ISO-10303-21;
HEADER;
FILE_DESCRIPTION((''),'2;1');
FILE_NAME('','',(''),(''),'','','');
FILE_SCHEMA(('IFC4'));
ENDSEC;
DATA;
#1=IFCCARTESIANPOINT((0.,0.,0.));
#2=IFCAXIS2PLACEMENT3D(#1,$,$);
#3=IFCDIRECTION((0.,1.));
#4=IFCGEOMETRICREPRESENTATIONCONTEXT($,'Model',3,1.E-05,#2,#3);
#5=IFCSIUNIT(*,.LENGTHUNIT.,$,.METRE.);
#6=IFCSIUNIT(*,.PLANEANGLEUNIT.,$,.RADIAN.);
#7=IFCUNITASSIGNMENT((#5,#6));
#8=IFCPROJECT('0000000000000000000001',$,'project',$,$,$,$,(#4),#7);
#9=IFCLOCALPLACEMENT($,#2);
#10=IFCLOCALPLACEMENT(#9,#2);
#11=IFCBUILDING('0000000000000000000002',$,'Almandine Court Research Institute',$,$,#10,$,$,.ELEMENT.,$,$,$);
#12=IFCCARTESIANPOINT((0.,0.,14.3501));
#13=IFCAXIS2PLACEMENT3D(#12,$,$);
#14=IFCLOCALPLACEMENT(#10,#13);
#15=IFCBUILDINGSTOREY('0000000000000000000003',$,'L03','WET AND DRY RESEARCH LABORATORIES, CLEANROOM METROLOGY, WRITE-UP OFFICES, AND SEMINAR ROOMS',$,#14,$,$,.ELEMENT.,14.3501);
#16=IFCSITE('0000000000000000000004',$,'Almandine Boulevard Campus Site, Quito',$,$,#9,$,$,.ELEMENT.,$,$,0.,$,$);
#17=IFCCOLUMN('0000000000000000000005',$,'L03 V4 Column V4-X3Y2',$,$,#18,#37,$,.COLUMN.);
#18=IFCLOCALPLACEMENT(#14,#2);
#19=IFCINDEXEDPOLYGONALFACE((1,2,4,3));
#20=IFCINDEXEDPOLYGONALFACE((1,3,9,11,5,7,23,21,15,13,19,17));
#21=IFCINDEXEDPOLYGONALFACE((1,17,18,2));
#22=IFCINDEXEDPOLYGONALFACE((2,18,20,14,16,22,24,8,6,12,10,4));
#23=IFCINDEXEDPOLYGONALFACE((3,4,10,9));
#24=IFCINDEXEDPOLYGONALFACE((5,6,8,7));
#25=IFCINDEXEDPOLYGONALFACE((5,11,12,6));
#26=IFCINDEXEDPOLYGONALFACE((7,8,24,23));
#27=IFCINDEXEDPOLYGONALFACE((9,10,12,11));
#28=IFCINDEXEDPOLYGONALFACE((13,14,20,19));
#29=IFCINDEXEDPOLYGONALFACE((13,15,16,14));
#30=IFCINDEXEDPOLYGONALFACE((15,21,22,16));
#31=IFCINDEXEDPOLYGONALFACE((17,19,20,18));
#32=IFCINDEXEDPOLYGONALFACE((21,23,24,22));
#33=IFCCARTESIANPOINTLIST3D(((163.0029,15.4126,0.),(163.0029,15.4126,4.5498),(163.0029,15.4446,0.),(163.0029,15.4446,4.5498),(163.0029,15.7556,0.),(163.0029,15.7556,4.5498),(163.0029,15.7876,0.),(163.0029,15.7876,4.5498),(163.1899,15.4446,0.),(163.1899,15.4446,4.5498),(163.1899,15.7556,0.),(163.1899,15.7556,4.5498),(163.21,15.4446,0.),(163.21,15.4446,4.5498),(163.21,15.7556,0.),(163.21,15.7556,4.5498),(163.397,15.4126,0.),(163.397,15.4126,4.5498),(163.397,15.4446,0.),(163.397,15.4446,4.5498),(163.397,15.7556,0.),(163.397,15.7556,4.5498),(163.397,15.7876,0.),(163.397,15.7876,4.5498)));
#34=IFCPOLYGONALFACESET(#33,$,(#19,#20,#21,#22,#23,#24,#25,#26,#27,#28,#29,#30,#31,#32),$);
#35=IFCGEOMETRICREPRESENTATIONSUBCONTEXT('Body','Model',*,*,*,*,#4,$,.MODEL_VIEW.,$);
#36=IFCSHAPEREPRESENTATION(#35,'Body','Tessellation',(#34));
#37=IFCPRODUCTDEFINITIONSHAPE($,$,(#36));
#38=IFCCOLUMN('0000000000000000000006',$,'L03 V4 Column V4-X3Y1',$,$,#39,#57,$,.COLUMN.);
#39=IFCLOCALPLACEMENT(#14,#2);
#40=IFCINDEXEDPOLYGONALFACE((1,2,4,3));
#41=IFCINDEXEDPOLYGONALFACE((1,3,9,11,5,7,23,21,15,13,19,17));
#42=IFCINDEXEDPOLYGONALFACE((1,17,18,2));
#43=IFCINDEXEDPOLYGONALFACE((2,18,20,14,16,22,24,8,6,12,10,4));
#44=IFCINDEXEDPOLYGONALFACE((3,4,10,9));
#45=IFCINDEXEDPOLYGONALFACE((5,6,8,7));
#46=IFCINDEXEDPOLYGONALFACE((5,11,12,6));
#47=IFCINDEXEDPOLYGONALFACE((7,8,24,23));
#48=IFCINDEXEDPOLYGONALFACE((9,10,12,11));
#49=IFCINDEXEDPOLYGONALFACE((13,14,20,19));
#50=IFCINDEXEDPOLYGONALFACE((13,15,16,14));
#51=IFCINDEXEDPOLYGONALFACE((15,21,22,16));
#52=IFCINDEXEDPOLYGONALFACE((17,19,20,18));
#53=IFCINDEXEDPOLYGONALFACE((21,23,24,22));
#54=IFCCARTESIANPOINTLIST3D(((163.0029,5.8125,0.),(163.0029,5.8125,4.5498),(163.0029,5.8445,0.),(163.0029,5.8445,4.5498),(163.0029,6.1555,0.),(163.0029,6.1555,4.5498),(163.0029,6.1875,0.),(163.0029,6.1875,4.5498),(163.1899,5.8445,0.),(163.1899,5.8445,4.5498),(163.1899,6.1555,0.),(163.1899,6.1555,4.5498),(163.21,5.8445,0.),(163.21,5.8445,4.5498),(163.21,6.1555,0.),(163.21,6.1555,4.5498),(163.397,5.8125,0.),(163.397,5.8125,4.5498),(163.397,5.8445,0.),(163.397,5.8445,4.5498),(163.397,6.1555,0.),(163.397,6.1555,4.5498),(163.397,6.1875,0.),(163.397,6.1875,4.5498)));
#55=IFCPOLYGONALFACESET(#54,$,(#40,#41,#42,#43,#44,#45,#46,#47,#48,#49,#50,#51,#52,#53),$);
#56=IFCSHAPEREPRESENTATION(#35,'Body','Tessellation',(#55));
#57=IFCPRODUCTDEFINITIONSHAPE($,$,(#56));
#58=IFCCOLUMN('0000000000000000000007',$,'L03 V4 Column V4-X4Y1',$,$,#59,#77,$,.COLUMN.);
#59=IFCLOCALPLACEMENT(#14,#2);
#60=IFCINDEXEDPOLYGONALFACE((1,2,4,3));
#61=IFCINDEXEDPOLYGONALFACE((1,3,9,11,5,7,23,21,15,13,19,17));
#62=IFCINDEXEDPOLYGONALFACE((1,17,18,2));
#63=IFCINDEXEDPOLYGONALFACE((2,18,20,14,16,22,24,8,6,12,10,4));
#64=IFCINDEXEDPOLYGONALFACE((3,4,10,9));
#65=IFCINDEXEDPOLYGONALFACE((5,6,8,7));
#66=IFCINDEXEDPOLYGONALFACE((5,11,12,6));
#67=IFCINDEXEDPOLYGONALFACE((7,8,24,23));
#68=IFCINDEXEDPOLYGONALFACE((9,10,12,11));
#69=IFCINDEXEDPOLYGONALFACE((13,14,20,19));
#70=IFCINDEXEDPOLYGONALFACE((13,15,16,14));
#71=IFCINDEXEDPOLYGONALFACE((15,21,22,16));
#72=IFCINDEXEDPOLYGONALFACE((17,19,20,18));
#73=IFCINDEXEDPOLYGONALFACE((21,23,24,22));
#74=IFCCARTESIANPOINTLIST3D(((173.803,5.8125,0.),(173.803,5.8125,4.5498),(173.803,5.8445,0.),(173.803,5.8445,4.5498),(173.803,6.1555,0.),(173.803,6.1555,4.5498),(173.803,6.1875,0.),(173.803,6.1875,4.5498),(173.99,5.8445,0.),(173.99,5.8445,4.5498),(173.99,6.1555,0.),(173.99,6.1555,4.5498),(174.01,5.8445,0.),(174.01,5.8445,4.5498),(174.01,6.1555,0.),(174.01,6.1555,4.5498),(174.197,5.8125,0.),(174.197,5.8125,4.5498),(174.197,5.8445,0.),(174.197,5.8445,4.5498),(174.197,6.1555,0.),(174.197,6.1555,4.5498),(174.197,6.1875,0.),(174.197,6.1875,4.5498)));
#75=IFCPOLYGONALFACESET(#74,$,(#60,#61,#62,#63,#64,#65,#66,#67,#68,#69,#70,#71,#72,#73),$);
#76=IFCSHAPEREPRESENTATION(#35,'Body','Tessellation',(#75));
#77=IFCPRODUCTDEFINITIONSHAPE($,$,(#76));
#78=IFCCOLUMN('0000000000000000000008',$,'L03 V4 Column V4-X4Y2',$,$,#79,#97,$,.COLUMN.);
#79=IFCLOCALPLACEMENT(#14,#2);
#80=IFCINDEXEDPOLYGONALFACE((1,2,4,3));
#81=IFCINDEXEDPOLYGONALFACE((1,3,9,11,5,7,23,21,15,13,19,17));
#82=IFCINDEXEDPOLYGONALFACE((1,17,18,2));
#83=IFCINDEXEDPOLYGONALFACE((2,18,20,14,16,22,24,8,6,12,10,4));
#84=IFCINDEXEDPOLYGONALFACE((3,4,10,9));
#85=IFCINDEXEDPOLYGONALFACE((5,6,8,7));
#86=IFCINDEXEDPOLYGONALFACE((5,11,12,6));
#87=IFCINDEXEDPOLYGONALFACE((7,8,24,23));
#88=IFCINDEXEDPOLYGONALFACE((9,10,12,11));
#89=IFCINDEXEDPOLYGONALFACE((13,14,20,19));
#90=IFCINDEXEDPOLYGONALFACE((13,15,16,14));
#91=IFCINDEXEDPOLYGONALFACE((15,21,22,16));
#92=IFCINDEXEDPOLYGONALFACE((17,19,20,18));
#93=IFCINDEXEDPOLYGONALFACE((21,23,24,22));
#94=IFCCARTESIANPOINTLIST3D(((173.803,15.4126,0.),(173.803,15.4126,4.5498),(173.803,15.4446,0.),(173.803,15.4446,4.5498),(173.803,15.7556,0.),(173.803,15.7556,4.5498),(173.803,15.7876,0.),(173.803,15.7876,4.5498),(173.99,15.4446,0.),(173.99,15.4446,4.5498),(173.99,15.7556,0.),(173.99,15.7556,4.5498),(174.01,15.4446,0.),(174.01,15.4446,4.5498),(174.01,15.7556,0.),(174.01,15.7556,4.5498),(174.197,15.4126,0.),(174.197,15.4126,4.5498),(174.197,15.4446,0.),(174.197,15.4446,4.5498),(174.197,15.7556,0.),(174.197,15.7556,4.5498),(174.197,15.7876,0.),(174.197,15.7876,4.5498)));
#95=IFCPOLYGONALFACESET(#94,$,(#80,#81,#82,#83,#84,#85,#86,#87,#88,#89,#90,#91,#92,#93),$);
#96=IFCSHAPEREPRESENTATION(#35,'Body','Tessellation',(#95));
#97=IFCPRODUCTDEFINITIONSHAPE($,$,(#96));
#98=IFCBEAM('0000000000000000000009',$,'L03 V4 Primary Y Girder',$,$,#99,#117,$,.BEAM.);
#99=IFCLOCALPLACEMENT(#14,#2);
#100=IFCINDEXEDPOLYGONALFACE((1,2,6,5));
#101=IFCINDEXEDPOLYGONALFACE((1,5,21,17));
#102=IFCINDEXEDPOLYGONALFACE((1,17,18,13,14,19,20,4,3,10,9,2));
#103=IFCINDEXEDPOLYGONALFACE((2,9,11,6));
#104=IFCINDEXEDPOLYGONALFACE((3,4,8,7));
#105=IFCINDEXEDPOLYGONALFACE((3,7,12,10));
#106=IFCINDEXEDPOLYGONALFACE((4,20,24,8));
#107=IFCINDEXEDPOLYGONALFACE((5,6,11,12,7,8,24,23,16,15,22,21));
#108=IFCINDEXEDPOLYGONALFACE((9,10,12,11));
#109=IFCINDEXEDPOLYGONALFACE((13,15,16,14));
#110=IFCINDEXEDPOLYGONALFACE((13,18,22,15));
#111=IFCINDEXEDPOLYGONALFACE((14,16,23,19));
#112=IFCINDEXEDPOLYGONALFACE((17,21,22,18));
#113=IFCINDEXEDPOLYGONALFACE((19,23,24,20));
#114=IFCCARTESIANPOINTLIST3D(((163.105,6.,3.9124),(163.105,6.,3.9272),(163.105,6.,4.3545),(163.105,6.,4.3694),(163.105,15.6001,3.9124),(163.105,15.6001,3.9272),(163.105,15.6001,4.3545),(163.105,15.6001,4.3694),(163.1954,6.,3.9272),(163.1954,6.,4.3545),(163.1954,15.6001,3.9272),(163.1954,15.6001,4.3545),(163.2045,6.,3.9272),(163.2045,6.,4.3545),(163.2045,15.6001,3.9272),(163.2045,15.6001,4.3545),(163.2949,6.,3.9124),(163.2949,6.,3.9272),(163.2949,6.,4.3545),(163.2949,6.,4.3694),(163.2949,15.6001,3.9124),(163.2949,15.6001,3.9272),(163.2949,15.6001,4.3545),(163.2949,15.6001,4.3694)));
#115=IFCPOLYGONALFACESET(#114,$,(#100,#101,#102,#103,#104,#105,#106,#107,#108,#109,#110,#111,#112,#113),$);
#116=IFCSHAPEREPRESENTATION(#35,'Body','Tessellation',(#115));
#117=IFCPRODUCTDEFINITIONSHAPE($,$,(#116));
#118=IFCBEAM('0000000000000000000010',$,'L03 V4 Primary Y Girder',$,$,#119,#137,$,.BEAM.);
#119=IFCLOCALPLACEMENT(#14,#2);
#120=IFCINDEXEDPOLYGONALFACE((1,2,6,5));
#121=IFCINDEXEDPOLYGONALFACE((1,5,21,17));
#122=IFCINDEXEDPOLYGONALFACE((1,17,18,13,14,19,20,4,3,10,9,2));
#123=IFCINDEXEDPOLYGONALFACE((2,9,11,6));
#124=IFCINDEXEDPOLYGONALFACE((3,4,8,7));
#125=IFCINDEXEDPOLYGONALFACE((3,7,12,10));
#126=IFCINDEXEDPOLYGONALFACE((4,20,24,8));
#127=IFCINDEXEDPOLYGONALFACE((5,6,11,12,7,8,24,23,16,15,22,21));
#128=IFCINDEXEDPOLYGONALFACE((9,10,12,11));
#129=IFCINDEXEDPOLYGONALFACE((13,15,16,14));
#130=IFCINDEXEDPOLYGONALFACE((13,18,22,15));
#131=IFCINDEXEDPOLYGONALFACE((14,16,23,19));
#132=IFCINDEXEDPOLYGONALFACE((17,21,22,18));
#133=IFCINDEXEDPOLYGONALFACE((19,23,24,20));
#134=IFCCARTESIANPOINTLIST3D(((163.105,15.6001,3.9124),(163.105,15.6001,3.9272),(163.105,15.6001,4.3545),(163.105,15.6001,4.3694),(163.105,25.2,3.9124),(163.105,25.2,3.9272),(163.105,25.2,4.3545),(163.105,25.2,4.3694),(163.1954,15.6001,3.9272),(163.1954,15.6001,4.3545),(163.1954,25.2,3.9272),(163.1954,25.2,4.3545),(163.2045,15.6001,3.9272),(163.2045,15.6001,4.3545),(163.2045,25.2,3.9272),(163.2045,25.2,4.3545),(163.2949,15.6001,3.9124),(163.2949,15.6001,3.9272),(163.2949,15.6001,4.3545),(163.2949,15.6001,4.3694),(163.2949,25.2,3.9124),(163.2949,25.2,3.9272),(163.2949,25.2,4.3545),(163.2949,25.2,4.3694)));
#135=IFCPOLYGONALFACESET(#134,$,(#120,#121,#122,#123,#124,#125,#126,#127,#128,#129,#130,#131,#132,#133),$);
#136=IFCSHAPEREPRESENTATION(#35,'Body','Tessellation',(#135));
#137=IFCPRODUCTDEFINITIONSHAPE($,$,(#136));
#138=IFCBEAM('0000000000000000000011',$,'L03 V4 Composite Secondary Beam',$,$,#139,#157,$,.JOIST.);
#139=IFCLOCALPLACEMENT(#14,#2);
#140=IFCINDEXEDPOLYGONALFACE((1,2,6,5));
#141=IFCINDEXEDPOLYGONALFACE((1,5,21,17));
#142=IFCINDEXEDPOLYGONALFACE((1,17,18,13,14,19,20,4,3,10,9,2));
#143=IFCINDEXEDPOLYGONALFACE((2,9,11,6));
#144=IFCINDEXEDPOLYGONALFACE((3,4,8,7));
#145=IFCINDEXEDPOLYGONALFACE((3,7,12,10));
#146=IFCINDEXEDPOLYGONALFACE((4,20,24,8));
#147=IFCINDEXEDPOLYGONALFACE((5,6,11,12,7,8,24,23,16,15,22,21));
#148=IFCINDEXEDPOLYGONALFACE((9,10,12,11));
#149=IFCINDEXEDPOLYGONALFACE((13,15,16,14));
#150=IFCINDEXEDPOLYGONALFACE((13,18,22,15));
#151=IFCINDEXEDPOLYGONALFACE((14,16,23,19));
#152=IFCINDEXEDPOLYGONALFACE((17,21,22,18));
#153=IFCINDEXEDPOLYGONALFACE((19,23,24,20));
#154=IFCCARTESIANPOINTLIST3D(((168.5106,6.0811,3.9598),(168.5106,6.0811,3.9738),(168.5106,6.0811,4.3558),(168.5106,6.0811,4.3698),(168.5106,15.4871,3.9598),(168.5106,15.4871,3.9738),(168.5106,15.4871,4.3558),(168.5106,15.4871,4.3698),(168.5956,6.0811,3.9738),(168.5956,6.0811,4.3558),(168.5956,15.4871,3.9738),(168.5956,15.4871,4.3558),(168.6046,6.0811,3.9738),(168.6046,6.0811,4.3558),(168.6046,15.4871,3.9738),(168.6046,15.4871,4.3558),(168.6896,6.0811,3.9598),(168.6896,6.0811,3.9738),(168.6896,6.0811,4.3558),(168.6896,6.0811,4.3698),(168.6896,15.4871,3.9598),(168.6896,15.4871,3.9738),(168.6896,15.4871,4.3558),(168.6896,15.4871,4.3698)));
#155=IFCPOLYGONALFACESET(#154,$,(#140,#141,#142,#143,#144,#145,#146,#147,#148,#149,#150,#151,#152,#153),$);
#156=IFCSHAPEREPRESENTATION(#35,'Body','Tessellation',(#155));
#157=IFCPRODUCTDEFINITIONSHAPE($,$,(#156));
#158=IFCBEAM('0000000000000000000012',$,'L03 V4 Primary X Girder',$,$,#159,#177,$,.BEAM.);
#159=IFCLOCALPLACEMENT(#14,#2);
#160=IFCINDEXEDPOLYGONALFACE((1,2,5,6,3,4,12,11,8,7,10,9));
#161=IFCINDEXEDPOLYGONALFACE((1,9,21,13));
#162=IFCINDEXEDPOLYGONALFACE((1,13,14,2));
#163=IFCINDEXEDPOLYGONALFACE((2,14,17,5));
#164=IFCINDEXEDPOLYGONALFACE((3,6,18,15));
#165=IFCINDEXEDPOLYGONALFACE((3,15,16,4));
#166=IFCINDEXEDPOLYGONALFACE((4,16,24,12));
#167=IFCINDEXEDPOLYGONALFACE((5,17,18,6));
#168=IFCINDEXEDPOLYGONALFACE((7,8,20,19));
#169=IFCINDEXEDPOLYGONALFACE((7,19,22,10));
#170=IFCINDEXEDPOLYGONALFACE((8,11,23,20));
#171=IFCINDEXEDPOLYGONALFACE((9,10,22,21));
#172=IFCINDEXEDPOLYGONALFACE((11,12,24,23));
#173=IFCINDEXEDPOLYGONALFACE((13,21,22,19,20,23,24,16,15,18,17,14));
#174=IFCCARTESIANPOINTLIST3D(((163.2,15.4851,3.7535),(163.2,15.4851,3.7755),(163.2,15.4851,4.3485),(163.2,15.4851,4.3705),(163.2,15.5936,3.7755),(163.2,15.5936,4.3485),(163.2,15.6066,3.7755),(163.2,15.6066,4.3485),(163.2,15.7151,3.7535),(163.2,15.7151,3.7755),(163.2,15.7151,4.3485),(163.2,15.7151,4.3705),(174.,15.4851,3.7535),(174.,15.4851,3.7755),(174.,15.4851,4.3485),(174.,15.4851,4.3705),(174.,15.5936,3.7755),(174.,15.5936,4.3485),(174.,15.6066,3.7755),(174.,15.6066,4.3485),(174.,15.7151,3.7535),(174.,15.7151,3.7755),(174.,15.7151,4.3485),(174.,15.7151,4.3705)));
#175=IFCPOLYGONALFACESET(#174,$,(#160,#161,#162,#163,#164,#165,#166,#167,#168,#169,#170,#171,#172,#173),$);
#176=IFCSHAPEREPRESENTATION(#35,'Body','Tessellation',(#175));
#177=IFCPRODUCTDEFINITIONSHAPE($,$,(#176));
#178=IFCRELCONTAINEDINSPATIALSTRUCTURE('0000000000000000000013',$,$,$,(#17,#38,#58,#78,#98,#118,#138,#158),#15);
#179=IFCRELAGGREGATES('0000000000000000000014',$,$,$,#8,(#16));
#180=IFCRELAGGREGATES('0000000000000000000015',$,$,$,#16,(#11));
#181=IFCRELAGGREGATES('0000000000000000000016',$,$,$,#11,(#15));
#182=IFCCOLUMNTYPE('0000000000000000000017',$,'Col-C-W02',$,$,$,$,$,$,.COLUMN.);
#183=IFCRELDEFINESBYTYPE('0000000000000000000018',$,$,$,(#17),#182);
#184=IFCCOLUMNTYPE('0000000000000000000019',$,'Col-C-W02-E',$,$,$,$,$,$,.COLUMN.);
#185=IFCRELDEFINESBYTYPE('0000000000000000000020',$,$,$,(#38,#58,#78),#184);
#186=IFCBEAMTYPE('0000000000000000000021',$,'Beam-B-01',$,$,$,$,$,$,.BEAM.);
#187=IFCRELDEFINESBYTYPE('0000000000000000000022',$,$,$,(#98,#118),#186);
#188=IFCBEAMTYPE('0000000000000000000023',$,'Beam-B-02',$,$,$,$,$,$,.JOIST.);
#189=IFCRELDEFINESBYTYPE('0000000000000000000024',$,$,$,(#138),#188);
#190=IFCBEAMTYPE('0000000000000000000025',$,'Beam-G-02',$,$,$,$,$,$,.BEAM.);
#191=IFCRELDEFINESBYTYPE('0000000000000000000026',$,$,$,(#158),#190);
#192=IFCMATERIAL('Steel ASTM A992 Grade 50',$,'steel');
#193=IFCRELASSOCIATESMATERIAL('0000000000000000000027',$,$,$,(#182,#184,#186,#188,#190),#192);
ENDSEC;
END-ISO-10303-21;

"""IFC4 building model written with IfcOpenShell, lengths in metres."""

from ifc_helpers import new_model, si_unit, direction, frame, origin, origin_2d, place, context, subcontext, project, spatial, i_section, extrude, material, material_profile, profile_set, type_object, element, save


model = new_model("IFC4")

# Units and contexts
model_context = context("Model", 3, precision=1e-05, world=origin(), true_north=direction((0.0, 1.0)))
body_context = subcontext(model_context, "Body", "Model", "MODEL_VIEW")
ifc_project = project(units=[si_unit("LENGTHUNIT", "METRE"), si_unit("PLANEANGLEUNIT", "RADIAN")], contexts=[model_context])

# Site, building, storey
site_placement = place(None, origin())
site = spatial("IfcSite", under=ifc_project, at=site_placement, Name="Almandine Boulevard Campus Site, Quito", CompositionType="ELEMENT", RefElevation=0.0)
building_placement = place(site_placement, origin())
building = spatial("IfcBuilding", under=site, at=building_placement, Name="Almandine Court Research Institute", CompositionType="ELEMENT")
storey_placement = place(building_placement, frame((0.0, 0.0, 14.3501)))
storey = spatial("IfcBuildingStorey", under=building, at=storey_placement, Name="L03", Description="WET AND DRY RESEARCH LABORATORIES, CLEANROOM METROLOGY, WRITE-UP OFFICES, AND SEMINAR ROOMS", CompositionType="ELEMENT", Elevation=14.3501)

# Columns
ifc_material_1 = material(Name="Steel ASTM A992 Grade 50", Category="steel")
ifc_material_profile_1 = material_profile(ifc_material_1, i_section(OverallWidth=0.394, OverallDepth=0.375, WebThickness=0.02, FlangeThickness=0.032, at=origin_2d()), Name="W360x216")
ifc_profile_set_1 = profile_set([ifc_material_profile_1], Name="Steel ASTM A992 Grade 50")
column_type_1 = type_object("IfcColumnType", Name="Col-C-W02", PredefinedType="COLUMN", material=ifc_profile_set_1)
column_placement = place(storey_placement, frame((163.2, 15.6001, 0.0), z_axis=(0.0, 0.0, 1.0), x_axis=(1.0, 0.0, 0.0)))
element("IfcColumn", 1, at=column_placement, inside=storey, type_object=column_type_1, Name="L03 V4 Column V4-X3Y2", PredefinedType="COLUMN", context=body_context, shape_type="SweptSolid", body=[
    extrude(i_section(OverallWidth=0.394, OverallDepth=0.375, WebThickness=0.02, FlangeThickness=0.032, at=origin_2d()), origin(), (0.0, 0.0, 1.0), 4.5498),
])
ifc_material_profile_2 = material_profile(ifc_material_1, i_section(OverallWidth=0.394, OverallDepth=0.375, WebThickness=0.02, FlangeThickness=0.032, at=origin_2d()), Name="W360x216")
ifc_profile_set_2 = profile_set([ifc_material_profile_2], Name="Steel ASTM A992 Grade 50")
column_type_2 = type_object("IfcColumnType", Name="Col-C-W02-E", PredefinedType="COLUMN", material=ifc_profile_set_2)
for number, where, z_axis, x_axis, name in (
    (2, (163.2, 6.0, 0.0), (0.0, 0.0, 1.0), (1.0, 0.0, 0.0), "L03 V4 Column V4-X3Y1"),
    (3, (174.0, 6.0, 0.0), (0.0, 0.0, 1.0), (1.0, 0.0, 0.0), "L03 V4 Column V4-X4Y1"),
    (4, (174.0, 15.6001, 0.0), (0.0, 0.0, 1.0), (1.0, 0.0, 0.0), "L03 V4 Column V4-X4Y2"),
):
    element("IfcColumn", number, at=place(storey_placement, frame(where, z_axis=z_axis, x_axis=x_axis)), inside=storey, type_object=column_type_2, Name=name, PredefinedType="COLUMN", context=body_context, shape_type="SweptSolid", body=[
        extrude(i_section(OverallWidth=0.394, OverallDepth=0.375, WebThickness=0.02, FlangeThickness=0.032, at=origin_2d()), origin(), (0.0, 0.0, 1.0), 4.5498),
    ])

# Beams
ifc_material_profile_3 = material_profile(ifc_material_1, i_section(OverallWidth=0.1899, OverallDepth=0.457, WebThickness=0.009, FlangeThickness=0.0149, at=origin_2d()), Name="W460x74")
ifc_profile_set_3 = profile_set([ifc_material_profile_3], Name="Steel ASTM A992 Grade 50")
beam_type_1 = type_object("IfcBeamType", Name="Beam-B-01", PredefinedType="BEAM", material=ifc_profile_set_3)
beam_1_placement = place(storey_placement, frame((163.2, 6.0, 4.1409), z_axis=(0.0, 1.0, 0.0), x_axis=(-1.0, 0.0, 0.0)))
element("IfcBeam", 5, at=beam_1_placement, inside=storey, type_object=beam_type_1, Name="L03 V4 Primary Y Girder", PredefinedType="BEAM", context=body_context, shape_type="SweptSolid", body=[
    extrude(i_section(OverallWidth=0.1899, OverallDepth=0.457, WebThickness=0.009, FlangeThickness=0.0149, at=origin_2d()), origin(), (0.0, 0.0, 1.0), 9.6001),
])
beam_2_placement = place(storey_placement, frame((163.2, 15.6001, 4.1409), z_axis=(0.0, 1.0, 0.0), x_axis=(-1.0, 0.0, 0.0)))
element("IfcBeam", 6, at=beam_2_placement, inside=storey, type_object=beam_type_1, Name="L03 V4 Primary Y Girder", PredefinedType="BEAM", context=body_context, shape_type="SweptSolid", body=[
    extrude(i_section(OverallWidth=0.1899, OverallDepth=0.457, WebThickness=0.009, FlangeThickness=0.0149, at=origin_2d()), origin(), (0.0, 0.0, 1.0), 9.5999),
])
ifc_material_profile_4 = material_profile(ifc_material_1, i_section(OverallWidth=0.179, OverallDepth=0.4099, WebThickness=0.009, FlangeThickness=0.0139, at=origin_2d()), Name="W410x67")
ifc_profile_set_4 = profile_set([ifc_material_profile_4], Name="Steel ASTM A992 Grade 50")
beam_type_2 = type_object("IfcBeamType", Name="Beam-B-02", PredefinedType="JOIST", material=ifc_profile_set_4)
beam_3_placement = place(storey_placement, frame((168.6001, 6.0811, 4.1648), z_axis=(0.0, 1.0, 0.0), x_axis=(-1.0, 0.0, 0.0)))
element("IfcBeam", 7, at=beam_3_placement, inside=storey, type_object=beam_type_2, Name="L03 V4 Composite Secondary Beam", PredefinedType="JOIST", context=body_context, shape_type="SweptSolid", body=[
    extrude(i_section(OverallWidth=0.179, OverallDepth=0.4099, WebThickness=0.009, FlangeThickness=0.0139, at=origin_2d()), origin(), (0.0, 0.0, 1.0), 9.406),
])
ifc_material_profile_5 = material_profile(ifc_material_1, i_section(OverallWidth=0.23, OverallDepth=0.6169, WebThickness=0.0129, FlangeThickness=0.022, at=origin_2d()), Name="W610x140")
ifc_profile_set_5 = profile_set([ifc_material_profile_5], Name="Steel ASTM A992 Grade 50")
beam_type_3 = type_object("IfcBeamType", Name="Beam-G-02", PredefinedType="BEAM", material=ifc_profile_set_5)
beam_4_placement = place(storey_placement, frame((163.2, 15.6001, 4.062), z_axis=(1.0, 0.0, 0.0), x_axis=(0.0, 1.0, 0.0)))
element("IfcBeam", 8, at=beam_4_placement, inside=storey, type_object=beam_type_3, Name="L03 V4 Primary X Girder", PredefinedType="BEAM", context=body_context, shape_type="SweptSolid", body=[
    extrude(i_section(OverallWidth=0.23, OverallDepth=0.6169, WebThickness=0.0129, FlangeThickness=0.022, at=origin_2d()), origin(), (0.0, 0.0, 1.0), 10.8),
])

save(model, "model.ifc")
